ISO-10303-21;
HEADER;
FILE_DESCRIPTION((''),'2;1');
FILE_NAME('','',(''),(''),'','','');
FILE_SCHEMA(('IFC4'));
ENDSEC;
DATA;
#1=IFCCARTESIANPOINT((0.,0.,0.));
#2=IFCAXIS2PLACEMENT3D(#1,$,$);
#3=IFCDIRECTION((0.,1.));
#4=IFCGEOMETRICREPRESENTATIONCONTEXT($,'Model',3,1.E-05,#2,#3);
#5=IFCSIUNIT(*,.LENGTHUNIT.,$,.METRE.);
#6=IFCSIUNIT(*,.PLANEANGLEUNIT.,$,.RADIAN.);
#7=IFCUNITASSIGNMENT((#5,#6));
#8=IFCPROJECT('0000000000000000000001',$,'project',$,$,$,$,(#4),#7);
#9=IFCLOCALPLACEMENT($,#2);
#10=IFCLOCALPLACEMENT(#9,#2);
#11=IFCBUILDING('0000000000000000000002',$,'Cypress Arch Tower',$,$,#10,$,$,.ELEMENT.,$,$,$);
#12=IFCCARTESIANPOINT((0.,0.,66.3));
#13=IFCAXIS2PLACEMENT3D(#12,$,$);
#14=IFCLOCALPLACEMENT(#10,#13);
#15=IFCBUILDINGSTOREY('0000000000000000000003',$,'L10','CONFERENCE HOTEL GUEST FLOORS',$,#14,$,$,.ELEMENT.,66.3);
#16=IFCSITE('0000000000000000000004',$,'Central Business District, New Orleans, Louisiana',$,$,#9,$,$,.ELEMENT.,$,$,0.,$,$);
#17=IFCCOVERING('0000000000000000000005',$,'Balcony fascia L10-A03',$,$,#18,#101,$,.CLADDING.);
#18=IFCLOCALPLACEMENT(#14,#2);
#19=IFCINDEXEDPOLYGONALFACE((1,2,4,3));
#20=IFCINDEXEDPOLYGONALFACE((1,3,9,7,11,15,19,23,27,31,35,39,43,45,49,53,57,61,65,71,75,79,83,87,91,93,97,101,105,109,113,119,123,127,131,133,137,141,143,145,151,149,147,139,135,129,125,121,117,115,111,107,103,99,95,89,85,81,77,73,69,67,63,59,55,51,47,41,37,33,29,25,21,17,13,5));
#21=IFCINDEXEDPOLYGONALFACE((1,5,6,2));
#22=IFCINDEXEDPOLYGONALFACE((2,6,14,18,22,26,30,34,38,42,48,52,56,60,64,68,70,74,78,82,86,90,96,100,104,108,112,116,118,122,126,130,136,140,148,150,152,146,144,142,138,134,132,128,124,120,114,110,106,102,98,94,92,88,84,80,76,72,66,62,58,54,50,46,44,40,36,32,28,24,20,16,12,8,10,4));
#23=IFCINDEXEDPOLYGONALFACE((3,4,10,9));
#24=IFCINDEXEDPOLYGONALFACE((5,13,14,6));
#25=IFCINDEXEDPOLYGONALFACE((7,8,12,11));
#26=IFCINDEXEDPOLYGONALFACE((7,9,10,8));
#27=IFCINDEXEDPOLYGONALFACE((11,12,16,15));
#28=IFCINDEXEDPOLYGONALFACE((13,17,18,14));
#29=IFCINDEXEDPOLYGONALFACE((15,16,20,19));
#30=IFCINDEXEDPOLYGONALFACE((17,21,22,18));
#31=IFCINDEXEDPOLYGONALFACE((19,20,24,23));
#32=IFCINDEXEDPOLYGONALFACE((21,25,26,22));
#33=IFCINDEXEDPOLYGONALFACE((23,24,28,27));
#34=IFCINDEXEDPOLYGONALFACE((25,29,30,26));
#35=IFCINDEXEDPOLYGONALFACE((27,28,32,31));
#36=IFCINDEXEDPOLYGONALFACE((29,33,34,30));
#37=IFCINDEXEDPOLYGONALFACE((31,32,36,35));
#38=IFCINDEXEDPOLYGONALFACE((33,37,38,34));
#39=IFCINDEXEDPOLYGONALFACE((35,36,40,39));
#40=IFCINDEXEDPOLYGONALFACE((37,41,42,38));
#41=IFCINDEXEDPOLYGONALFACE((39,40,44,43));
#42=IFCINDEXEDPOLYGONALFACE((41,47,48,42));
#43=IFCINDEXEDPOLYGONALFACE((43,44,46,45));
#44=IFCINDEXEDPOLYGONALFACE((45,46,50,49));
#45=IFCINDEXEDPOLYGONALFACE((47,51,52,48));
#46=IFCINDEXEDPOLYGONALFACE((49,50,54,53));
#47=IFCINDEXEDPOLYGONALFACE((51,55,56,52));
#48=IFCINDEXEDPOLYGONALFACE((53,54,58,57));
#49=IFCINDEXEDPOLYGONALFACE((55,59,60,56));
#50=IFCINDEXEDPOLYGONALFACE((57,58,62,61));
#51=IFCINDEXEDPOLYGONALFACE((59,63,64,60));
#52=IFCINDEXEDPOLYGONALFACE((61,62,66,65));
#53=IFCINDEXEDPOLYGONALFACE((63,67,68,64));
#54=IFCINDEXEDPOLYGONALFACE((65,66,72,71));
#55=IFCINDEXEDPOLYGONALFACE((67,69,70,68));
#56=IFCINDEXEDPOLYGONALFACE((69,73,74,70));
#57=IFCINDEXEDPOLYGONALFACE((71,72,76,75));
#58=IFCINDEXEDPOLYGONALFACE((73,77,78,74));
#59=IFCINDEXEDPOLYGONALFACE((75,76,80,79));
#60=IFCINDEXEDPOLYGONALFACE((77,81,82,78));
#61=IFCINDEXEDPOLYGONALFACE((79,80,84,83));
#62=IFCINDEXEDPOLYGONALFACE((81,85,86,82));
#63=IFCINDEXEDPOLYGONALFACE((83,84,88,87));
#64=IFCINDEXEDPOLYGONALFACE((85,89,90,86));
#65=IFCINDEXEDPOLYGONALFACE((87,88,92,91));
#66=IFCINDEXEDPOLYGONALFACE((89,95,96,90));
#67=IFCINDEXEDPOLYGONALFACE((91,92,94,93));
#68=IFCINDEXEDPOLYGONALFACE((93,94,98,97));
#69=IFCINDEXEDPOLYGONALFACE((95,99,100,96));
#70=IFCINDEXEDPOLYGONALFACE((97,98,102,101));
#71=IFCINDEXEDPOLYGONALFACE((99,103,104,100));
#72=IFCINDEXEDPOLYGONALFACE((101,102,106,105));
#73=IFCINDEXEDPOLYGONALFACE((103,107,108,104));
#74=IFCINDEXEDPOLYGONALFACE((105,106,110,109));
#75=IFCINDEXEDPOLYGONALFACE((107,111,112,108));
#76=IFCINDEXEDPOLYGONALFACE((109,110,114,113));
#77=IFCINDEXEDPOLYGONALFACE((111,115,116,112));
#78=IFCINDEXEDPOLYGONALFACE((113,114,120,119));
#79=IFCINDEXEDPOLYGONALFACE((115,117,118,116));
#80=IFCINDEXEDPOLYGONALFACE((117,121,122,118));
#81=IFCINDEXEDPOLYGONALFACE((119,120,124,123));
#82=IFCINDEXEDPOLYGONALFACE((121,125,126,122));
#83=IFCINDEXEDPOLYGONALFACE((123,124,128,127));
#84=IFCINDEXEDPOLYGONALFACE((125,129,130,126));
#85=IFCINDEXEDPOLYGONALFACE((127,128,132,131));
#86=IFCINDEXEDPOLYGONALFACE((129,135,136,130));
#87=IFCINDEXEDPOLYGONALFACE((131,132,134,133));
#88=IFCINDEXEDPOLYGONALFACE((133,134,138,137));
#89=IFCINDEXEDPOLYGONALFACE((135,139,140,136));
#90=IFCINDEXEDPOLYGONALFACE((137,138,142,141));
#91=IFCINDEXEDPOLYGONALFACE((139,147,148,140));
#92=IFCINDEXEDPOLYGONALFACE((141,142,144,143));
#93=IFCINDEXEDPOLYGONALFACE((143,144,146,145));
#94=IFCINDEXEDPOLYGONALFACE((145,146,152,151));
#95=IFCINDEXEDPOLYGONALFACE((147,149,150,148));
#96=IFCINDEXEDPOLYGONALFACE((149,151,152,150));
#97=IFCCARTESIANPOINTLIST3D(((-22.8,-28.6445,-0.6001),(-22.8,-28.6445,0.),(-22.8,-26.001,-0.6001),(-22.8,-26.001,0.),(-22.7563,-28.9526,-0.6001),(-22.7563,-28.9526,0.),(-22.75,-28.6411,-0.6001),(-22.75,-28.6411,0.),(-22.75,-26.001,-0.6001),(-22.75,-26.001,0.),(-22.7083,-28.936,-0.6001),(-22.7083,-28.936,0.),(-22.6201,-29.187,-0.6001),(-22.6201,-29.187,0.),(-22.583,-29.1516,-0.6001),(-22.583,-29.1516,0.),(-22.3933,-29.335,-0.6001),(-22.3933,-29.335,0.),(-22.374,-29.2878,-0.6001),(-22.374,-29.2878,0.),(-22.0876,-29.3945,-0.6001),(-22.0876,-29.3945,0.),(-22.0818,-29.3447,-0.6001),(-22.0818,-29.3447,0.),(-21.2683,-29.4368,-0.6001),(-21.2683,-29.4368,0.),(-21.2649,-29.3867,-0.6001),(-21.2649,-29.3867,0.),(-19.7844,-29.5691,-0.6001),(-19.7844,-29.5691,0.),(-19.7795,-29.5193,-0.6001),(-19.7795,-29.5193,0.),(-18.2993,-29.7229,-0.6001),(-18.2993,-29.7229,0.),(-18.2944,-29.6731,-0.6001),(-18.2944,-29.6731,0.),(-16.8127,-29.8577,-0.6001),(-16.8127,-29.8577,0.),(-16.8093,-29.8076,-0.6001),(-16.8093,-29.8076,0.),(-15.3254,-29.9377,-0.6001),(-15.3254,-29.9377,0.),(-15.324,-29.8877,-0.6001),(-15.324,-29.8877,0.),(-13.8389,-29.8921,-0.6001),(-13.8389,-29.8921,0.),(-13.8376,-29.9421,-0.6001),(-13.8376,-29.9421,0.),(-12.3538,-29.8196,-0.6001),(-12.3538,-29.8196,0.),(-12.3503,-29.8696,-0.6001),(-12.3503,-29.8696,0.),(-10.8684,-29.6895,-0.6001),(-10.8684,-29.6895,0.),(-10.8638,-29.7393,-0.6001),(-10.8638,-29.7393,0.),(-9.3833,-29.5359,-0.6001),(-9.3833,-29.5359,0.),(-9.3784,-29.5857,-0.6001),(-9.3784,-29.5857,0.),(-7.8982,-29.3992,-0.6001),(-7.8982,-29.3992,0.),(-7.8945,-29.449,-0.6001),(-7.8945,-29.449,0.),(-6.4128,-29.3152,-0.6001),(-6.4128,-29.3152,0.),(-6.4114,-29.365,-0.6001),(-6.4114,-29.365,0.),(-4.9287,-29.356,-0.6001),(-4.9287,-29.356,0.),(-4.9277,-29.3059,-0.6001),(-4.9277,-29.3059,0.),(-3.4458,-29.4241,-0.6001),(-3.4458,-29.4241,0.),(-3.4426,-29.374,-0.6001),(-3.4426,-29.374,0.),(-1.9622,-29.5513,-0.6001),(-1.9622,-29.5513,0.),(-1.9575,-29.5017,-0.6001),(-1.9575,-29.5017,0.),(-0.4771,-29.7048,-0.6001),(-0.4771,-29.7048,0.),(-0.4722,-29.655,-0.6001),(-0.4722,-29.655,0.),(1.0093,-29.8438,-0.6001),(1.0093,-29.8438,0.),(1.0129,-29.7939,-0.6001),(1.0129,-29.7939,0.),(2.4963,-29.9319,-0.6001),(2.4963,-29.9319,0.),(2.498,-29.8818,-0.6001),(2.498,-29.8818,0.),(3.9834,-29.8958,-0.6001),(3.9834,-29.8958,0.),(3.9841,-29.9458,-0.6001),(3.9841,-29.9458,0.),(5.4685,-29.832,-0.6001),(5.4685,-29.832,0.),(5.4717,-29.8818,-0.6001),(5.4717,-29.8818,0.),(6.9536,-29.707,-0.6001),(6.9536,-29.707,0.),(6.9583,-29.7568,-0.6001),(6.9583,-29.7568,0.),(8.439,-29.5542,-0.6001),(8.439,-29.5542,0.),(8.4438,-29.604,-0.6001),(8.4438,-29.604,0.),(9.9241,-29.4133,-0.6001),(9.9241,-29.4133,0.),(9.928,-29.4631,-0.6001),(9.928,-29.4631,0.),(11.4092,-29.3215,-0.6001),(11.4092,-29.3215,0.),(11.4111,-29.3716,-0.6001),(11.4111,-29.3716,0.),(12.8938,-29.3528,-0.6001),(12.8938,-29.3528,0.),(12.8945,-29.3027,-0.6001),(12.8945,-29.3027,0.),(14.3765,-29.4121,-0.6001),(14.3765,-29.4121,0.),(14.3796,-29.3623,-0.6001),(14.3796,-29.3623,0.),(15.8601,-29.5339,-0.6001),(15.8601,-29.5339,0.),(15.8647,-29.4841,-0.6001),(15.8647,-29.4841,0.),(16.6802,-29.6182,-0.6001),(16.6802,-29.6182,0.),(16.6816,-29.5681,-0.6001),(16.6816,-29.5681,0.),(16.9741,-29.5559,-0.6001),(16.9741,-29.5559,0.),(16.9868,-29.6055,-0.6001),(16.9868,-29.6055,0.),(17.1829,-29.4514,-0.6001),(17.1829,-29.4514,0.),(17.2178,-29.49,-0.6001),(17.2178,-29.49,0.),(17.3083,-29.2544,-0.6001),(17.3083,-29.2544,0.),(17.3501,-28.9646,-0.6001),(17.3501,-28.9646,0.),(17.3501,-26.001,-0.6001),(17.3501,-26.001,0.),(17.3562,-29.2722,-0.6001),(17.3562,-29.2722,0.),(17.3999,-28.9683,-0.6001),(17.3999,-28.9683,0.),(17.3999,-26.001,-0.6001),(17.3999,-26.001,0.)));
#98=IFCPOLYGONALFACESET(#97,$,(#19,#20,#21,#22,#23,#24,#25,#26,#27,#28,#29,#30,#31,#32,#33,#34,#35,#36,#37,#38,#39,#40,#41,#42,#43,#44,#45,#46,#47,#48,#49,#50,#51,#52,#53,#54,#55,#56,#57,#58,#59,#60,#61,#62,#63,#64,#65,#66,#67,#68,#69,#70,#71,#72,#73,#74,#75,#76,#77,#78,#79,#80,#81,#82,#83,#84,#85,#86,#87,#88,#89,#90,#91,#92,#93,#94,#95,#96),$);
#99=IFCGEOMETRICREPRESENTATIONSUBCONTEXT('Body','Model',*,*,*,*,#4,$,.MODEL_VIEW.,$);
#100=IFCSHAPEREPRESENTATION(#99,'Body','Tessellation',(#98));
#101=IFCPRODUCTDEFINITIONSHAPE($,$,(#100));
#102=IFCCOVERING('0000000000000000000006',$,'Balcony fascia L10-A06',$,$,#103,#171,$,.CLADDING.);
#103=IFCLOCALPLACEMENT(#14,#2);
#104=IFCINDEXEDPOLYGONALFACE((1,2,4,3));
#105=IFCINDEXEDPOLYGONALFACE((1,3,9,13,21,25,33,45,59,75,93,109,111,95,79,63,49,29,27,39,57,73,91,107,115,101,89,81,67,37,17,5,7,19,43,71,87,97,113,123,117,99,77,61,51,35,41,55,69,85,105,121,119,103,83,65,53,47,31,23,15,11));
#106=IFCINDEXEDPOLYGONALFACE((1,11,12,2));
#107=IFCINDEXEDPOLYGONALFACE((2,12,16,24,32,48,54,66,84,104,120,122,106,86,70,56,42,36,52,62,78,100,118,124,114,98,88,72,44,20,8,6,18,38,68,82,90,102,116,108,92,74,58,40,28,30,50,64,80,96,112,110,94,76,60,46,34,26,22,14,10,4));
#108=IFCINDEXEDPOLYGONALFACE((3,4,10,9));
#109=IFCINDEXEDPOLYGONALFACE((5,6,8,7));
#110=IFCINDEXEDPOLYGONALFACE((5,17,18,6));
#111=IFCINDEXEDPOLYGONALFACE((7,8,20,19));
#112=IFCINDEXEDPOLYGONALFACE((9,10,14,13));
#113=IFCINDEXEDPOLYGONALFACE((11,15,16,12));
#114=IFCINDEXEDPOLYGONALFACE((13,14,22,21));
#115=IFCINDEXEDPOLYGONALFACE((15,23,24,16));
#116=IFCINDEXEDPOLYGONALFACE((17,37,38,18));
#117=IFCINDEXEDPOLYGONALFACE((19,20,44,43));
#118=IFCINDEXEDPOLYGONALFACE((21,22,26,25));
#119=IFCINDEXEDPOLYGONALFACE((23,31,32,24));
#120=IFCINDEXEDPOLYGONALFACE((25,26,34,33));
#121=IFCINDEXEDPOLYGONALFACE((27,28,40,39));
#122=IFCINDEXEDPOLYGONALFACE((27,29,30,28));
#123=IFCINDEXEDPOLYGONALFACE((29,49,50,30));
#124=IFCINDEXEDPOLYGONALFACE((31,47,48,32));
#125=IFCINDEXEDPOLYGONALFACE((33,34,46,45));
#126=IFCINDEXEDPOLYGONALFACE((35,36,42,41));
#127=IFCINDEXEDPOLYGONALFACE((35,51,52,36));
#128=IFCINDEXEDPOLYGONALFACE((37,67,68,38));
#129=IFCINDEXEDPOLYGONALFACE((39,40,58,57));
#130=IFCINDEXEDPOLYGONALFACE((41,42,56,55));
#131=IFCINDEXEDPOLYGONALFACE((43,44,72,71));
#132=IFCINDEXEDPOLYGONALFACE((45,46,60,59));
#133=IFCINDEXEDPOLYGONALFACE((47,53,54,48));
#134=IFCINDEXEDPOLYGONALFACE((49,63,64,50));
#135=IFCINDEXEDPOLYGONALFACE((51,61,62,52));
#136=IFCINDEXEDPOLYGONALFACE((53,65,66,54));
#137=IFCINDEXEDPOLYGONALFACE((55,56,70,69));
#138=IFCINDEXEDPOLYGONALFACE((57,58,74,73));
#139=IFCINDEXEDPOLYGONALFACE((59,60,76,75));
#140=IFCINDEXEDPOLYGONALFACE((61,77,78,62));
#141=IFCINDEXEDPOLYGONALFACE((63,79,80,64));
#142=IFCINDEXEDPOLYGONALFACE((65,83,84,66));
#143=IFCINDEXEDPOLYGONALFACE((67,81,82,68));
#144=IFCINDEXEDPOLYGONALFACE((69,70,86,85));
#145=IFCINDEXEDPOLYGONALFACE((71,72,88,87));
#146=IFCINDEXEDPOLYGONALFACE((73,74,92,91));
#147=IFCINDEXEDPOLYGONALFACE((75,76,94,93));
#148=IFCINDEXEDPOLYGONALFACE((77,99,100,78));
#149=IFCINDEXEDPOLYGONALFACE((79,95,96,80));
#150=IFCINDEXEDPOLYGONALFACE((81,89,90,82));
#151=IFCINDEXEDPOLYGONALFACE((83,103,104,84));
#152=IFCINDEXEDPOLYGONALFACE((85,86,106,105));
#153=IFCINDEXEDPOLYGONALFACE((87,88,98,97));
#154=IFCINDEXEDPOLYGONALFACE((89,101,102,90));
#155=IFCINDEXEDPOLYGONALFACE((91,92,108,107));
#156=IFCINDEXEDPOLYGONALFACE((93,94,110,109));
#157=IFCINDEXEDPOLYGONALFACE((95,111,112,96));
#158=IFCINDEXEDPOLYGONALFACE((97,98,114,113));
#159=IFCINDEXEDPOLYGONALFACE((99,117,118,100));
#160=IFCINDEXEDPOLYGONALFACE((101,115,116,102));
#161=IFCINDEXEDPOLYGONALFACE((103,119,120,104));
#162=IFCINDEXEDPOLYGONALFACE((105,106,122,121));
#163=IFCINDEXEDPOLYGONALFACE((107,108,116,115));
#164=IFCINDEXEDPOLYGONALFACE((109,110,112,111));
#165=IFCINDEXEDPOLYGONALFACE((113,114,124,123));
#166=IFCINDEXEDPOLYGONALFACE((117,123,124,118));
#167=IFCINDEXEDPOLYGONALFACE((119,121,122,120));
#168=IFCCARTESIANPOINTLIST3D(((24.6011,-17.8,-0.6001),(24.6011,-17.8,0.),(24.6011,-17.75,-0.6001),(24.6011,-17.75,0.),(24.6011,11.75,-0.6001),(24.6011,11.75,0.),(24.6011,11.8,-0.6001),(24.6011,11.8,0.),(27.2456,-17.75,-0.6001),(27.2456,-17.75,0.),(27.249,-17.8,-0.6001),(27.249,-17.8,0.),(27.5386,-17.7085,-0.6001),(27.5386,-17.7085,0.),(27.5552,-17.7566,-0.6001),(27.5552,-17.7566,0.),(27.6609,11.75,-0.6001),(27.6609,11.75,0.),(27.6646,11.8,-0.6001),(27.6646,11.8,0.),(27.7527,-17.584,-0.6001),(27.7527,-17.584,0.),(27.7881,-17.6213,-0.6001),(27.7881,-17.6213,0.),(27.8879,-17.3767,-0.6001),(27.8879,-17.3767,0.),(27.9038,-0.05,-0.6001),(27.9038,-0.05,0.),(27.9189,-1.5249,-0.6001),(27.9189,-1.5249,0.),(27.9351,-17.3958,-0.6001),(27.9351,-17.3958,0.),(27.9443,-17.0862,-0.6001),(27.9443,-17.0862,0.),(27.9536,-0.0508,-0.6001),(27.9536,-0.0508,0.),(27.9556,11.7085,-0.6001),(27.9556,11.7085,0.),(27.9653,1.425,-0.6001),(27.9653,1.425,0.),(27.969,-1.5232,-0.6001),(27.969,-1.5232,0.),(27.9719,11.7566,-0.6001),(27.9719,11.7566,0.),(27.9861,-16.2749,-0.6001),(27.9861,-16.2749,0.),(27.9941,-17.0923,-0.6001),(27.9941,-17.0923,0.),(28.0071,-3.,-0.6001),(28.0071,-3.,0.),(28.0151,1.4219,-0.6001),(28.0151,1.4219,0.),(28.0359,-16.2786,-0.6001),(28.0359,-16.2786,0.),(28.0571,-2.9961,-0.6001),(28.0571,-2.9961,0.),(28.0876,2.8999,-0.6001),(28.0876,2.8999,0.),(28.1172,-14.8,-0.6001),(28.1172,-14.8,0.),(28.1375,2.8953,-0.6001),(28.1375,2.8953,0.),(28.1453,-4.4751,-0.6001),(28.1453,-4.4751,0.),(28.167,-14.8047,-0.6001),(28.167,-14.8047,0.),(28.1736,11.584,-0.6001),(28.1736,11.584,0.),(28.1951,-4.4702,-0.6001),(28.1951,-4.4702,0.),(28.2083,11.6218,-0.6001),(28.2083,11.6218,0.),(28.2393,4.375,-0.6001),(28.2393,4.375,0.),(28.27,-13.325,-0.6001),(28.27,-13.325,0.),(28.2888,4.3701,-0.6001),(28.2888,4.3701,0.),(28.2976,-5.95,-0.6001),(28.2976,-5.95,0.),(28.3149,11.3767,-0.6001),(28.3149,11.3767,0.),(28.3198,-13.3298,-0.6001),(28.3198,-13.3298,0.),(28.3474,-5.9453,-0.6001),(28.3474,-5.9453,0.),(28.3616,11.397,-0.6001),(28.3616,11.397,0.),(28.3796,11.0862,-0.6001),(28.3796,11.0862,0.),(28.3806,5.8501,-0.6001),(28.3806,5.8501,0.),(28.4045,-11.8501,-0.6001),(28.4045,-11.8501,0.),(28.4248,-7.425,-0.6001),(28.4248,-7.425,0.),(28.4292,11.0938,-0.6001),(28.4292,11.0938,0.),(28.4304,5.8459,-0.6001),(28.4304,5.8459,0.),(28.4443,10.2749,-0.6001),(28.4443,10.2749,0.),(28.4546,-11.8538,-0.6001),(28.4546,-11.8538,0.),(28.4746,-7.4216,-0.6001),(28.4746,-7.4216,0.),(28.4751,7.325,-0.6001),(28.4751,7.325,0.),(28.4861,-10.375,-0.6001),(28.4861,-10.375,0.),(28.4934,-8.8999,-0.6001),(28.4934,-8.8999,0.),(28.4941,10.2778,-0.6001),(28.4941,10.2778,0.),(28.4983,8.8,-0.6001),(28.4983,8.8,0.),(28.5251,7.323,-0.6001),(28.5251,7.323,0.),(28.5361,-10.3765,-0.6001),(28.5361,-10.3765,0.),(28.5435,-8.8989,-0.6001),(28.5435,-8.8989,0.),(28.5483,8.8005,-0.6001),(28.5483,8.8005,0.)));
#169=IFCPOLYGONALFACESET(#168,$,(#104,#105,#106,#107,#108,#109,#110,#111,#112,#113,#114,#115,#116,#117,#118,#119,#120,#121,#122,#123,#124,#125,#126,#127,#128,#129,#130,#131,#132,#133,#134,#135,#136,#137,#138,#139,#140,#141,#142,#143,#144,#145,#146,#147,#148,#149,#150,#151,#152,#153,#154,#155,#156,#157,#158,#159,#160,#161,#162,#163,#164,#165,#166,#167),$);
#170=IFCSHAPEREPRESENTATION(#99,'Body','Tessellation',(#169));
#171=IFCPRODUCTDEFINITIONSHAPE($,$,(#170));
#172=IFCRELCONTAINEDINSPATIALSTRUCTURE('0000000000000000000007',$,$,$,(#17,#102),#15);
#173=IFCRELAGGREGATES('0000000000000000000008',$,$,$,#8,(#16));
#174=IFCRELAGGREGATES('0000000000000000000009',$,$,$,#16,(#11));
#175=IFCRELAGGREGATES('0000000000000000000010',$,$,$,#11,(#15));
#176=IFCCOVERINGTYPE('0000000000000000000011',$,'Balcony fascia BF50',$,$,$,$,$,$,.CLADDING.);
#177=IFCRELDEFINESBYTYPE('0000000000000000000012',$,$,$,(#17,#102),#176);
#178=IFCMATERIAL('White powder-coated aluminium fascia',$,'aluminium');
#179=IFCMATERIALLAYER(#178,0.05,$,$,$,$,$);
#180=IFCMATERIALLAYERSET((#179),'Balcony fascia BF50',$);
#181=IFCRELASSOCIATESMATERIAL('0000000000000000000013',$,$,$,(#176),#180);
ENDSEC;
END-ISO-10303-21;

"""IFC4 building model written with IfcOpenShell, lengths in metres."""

from ifc_helpers import new_model, si_unit, direction, frame, origin, place, context, subcontext, project, spatial, polyline, outline, extrude, material, layer, layer_set, type_object, element, save


model = new_model("IFC4")

# Units and contexts
model_context = context("Model", 3, precision=1e-05, world=origin(), true_north=direction((0.0, 1.0)))
body_context = subcontext(model_context, "Body", "Model", "MODEL_VIEW")
ifc_project = project(units=[si_unit("LENGTHUNIT", "METRE"), si_unit("PLANEANGLEUNIT", "RADIAN")], contexts=[model_context])

# Site, building, storey
site_placement = place(None, origin())
site = spatial("IfcSite", under=ifc_project, at=site_placement, Name="Central Business District, New Orleans, Louisiana", CompositionType="ELEMENT", RefElevation=0.0)
building_placement = place(site_placement, origin())
building = spatial("IfcBuilding", under=site, at=building_placement, Name="Cypress Arch Tower", CompositionType="ELEMENT")
storey_placement = place(building_placement, frame((0.0, 0.0, 66.3)))
storey = spatial("IfcBuildingStorey", under=building, at=storey_placement, Name="L10", Description="CONFERENCE HOTEL GUEST FLOORS", CompositionType="ELEMENT", Elevation=66.3)

# Coverings
ifc_material_1 = material(Name="White powder-coated aluminium fascia", Category="aluminium")
ifc_layer_1 = layer(ifc_material_1, 0.05)
ifc_layer_set_1 = layer_set([ifc_layer_1], Name="Balcony fascia BF50")
covering_type_1 = type_object("IfcCoveringType", Name="Balcony fascia BF50", PredefinedType="CLADDING", material=ifc_layer_set_1)
covering_1_placement = place(storey_placement, frame((0.0, 0.0, -0.6001)))
element("IfcCovering", 1, at=covering_1_placement, inside=storey, type_object=covering_type_1, Name="Balcony fascia L10-A03", PredefinedType="CLADDING", context=body_context, shape_type="SweptSolid", body=[
    extrude(outline(polyline([(17.3999, -28.9683), (17.3562, -29.2722), (17.2178, -29.49), (16.9868, -29.6055), (16.6802, -29.6182), (15.8601, -29.5339), (14.3765, -29.4121), (12.8938, -29.3528), (11.4111, -29.3716), (9.928, -29.4631), (8.4438, -29.604), (6.9583, -29.7568), (5.4717, -29.8818), (3.9841, -29.9458), (2.4963, -29.9319), (1.0093, -29.8438), (-0.4771, -29.7048), (-1.9622, -29.5513), (-3.4458, -29.4241), (-4.9287, -29.356), (-6.4114, -29.365), (-7.8945, -29.449), (-9.3784, -29.5857), (-10.8638, -29.7393), (-12.3503, -29.8696), (-13.8376, -29.9421), (-15.3254, -29.9377), (-16.8127, -29.8577), (-18.2993, -29.7229), (-19.7844, -29.5691), (-21.2683, -29.4368), (-22.0876, -29.3945), (-22.3933, -29.335), (-22.6201, -29.187), (-22.7563, -28.9526), (-22.8, -28.6445), (-22.8, -26.001), (-22.75, -26.001), (-22.75, -28.6411), (-22.7083, -28.936), (-22.583, -29.1516), (-22.374, -29.2878), (-22.0818, -29.3447), (-21.2649, -29.3867), (-19.7795, -29.5193), (-18.2944, -29.6731), (-16.8093, -29.8076), (-15.324, -29.8877), (-13.8389, -29.8921), (-12.3538, -29.8196), (-10.8684, -29.6895), (-9.3833, -29.5359), (-7.8982, -29.3992), (-6.4128, -29.3152), (-4.9277, -29.3059), (-3.4426, -29.374), (-1.9575, -29.5017), (-0.4722, -29.655), (1.0129, -29.7939), (2.498, -29.8818), (3.9834, -29.8958), (5.4685, -29.832), (6.9536, -29.707), (8.439, -29.5542), (9.9241, -29.4133), (11.4092, -29.3215), (12.8945, -29.3027), (14.3796, -29.3623), (15.8647, -29.4841), (16.6816, -29.5681), (16.9741, -29.5559), (17.1829, -29.4514), (17.3083, -29.2544), (17.3501, -28.9646), (17.3501, -26.001), (17.3999, -26.001), (17.3999, -28.9683)])), origin(), (0.0, 0.0, 1.0), 0.6001),
])
covering_2_placement = place(storey_placement, frame((0.0, 0.0, -0.6001)))
element("IfcCovering", 2, at=covering_2_placement, inside=storey, type_object=covering_type_1, Name="Balcony fascia L10-A06", PredefinedType="CLADDING", context=body_context, shape_type="SweptSolid", body=[
    extrude(outline(polyline([(27.6646, 11.8), (27.9719, 11.7566), (28.2083, 11.6218), (28.3616, 11.397), (28.4292, 11.0938), (28.4941, 10.2778), (28.5483, 8.8005), (28.5251, 7.323), (28.4304, 5.8459), (28.2888, 4.3701), (28.1375, 2.8953), (28.0151, 1.4219), (27.9536, -0.0508), (27.969, -1.5232), (28.0571, -2.9961), (28.1951, -4.4702), (28.3474, -5.9453), (28.4746, -7.4216), (28.5435, -8.8989), (28.5361, -10.3765), (28.4546, -11.8538), (28.3198, -13.3298), (28.167, -14.8047), (28.0359, -16.2786), (27.9941, -17.0923), (27.9351, -17.3958), (27.7881, -17.6213), (27.5552, -17.7566), (27.249, -17.8), (24.6011, -17.8), (24.6011, -17.75), (27.2456, -17.75), (27.5386, -17.7085), (27.7527, -17.584), (27.8879, -17.3767), (27.9443, -17.0862), (27.9861, -16.2749), (28.1172, -14.8), (28.27, -13.325), (28.4045, -11.8501), (28.4861, -10.375), (28.4934, -8.8999), (28.4248, -7.425), (28.2976, -5.95), (28.1453, -4.4751), (28.0071, -3.0), (27.9189, -1.5249), (27.9038, -0.05), (27.9653, 1.425), (28.0876, 2.8999), (28.2393, 4.375), (28.3806, 5.8501), (28.4751, 7.325), (28.4983, 8.8), (28.4443, 10.2749), (28.3796, 11.0862), (28.3149, 11.3767), (28.1736, 11.584), (27.9556, 11.7085), (27.6609, 11.75), (24.6011, 11.75), (24.6011, 11.8), (27.6646, 11.8)])), origin(), (0.0, 0.0, 1.0), 0.6001),
])

save(model, "model.ifc")
